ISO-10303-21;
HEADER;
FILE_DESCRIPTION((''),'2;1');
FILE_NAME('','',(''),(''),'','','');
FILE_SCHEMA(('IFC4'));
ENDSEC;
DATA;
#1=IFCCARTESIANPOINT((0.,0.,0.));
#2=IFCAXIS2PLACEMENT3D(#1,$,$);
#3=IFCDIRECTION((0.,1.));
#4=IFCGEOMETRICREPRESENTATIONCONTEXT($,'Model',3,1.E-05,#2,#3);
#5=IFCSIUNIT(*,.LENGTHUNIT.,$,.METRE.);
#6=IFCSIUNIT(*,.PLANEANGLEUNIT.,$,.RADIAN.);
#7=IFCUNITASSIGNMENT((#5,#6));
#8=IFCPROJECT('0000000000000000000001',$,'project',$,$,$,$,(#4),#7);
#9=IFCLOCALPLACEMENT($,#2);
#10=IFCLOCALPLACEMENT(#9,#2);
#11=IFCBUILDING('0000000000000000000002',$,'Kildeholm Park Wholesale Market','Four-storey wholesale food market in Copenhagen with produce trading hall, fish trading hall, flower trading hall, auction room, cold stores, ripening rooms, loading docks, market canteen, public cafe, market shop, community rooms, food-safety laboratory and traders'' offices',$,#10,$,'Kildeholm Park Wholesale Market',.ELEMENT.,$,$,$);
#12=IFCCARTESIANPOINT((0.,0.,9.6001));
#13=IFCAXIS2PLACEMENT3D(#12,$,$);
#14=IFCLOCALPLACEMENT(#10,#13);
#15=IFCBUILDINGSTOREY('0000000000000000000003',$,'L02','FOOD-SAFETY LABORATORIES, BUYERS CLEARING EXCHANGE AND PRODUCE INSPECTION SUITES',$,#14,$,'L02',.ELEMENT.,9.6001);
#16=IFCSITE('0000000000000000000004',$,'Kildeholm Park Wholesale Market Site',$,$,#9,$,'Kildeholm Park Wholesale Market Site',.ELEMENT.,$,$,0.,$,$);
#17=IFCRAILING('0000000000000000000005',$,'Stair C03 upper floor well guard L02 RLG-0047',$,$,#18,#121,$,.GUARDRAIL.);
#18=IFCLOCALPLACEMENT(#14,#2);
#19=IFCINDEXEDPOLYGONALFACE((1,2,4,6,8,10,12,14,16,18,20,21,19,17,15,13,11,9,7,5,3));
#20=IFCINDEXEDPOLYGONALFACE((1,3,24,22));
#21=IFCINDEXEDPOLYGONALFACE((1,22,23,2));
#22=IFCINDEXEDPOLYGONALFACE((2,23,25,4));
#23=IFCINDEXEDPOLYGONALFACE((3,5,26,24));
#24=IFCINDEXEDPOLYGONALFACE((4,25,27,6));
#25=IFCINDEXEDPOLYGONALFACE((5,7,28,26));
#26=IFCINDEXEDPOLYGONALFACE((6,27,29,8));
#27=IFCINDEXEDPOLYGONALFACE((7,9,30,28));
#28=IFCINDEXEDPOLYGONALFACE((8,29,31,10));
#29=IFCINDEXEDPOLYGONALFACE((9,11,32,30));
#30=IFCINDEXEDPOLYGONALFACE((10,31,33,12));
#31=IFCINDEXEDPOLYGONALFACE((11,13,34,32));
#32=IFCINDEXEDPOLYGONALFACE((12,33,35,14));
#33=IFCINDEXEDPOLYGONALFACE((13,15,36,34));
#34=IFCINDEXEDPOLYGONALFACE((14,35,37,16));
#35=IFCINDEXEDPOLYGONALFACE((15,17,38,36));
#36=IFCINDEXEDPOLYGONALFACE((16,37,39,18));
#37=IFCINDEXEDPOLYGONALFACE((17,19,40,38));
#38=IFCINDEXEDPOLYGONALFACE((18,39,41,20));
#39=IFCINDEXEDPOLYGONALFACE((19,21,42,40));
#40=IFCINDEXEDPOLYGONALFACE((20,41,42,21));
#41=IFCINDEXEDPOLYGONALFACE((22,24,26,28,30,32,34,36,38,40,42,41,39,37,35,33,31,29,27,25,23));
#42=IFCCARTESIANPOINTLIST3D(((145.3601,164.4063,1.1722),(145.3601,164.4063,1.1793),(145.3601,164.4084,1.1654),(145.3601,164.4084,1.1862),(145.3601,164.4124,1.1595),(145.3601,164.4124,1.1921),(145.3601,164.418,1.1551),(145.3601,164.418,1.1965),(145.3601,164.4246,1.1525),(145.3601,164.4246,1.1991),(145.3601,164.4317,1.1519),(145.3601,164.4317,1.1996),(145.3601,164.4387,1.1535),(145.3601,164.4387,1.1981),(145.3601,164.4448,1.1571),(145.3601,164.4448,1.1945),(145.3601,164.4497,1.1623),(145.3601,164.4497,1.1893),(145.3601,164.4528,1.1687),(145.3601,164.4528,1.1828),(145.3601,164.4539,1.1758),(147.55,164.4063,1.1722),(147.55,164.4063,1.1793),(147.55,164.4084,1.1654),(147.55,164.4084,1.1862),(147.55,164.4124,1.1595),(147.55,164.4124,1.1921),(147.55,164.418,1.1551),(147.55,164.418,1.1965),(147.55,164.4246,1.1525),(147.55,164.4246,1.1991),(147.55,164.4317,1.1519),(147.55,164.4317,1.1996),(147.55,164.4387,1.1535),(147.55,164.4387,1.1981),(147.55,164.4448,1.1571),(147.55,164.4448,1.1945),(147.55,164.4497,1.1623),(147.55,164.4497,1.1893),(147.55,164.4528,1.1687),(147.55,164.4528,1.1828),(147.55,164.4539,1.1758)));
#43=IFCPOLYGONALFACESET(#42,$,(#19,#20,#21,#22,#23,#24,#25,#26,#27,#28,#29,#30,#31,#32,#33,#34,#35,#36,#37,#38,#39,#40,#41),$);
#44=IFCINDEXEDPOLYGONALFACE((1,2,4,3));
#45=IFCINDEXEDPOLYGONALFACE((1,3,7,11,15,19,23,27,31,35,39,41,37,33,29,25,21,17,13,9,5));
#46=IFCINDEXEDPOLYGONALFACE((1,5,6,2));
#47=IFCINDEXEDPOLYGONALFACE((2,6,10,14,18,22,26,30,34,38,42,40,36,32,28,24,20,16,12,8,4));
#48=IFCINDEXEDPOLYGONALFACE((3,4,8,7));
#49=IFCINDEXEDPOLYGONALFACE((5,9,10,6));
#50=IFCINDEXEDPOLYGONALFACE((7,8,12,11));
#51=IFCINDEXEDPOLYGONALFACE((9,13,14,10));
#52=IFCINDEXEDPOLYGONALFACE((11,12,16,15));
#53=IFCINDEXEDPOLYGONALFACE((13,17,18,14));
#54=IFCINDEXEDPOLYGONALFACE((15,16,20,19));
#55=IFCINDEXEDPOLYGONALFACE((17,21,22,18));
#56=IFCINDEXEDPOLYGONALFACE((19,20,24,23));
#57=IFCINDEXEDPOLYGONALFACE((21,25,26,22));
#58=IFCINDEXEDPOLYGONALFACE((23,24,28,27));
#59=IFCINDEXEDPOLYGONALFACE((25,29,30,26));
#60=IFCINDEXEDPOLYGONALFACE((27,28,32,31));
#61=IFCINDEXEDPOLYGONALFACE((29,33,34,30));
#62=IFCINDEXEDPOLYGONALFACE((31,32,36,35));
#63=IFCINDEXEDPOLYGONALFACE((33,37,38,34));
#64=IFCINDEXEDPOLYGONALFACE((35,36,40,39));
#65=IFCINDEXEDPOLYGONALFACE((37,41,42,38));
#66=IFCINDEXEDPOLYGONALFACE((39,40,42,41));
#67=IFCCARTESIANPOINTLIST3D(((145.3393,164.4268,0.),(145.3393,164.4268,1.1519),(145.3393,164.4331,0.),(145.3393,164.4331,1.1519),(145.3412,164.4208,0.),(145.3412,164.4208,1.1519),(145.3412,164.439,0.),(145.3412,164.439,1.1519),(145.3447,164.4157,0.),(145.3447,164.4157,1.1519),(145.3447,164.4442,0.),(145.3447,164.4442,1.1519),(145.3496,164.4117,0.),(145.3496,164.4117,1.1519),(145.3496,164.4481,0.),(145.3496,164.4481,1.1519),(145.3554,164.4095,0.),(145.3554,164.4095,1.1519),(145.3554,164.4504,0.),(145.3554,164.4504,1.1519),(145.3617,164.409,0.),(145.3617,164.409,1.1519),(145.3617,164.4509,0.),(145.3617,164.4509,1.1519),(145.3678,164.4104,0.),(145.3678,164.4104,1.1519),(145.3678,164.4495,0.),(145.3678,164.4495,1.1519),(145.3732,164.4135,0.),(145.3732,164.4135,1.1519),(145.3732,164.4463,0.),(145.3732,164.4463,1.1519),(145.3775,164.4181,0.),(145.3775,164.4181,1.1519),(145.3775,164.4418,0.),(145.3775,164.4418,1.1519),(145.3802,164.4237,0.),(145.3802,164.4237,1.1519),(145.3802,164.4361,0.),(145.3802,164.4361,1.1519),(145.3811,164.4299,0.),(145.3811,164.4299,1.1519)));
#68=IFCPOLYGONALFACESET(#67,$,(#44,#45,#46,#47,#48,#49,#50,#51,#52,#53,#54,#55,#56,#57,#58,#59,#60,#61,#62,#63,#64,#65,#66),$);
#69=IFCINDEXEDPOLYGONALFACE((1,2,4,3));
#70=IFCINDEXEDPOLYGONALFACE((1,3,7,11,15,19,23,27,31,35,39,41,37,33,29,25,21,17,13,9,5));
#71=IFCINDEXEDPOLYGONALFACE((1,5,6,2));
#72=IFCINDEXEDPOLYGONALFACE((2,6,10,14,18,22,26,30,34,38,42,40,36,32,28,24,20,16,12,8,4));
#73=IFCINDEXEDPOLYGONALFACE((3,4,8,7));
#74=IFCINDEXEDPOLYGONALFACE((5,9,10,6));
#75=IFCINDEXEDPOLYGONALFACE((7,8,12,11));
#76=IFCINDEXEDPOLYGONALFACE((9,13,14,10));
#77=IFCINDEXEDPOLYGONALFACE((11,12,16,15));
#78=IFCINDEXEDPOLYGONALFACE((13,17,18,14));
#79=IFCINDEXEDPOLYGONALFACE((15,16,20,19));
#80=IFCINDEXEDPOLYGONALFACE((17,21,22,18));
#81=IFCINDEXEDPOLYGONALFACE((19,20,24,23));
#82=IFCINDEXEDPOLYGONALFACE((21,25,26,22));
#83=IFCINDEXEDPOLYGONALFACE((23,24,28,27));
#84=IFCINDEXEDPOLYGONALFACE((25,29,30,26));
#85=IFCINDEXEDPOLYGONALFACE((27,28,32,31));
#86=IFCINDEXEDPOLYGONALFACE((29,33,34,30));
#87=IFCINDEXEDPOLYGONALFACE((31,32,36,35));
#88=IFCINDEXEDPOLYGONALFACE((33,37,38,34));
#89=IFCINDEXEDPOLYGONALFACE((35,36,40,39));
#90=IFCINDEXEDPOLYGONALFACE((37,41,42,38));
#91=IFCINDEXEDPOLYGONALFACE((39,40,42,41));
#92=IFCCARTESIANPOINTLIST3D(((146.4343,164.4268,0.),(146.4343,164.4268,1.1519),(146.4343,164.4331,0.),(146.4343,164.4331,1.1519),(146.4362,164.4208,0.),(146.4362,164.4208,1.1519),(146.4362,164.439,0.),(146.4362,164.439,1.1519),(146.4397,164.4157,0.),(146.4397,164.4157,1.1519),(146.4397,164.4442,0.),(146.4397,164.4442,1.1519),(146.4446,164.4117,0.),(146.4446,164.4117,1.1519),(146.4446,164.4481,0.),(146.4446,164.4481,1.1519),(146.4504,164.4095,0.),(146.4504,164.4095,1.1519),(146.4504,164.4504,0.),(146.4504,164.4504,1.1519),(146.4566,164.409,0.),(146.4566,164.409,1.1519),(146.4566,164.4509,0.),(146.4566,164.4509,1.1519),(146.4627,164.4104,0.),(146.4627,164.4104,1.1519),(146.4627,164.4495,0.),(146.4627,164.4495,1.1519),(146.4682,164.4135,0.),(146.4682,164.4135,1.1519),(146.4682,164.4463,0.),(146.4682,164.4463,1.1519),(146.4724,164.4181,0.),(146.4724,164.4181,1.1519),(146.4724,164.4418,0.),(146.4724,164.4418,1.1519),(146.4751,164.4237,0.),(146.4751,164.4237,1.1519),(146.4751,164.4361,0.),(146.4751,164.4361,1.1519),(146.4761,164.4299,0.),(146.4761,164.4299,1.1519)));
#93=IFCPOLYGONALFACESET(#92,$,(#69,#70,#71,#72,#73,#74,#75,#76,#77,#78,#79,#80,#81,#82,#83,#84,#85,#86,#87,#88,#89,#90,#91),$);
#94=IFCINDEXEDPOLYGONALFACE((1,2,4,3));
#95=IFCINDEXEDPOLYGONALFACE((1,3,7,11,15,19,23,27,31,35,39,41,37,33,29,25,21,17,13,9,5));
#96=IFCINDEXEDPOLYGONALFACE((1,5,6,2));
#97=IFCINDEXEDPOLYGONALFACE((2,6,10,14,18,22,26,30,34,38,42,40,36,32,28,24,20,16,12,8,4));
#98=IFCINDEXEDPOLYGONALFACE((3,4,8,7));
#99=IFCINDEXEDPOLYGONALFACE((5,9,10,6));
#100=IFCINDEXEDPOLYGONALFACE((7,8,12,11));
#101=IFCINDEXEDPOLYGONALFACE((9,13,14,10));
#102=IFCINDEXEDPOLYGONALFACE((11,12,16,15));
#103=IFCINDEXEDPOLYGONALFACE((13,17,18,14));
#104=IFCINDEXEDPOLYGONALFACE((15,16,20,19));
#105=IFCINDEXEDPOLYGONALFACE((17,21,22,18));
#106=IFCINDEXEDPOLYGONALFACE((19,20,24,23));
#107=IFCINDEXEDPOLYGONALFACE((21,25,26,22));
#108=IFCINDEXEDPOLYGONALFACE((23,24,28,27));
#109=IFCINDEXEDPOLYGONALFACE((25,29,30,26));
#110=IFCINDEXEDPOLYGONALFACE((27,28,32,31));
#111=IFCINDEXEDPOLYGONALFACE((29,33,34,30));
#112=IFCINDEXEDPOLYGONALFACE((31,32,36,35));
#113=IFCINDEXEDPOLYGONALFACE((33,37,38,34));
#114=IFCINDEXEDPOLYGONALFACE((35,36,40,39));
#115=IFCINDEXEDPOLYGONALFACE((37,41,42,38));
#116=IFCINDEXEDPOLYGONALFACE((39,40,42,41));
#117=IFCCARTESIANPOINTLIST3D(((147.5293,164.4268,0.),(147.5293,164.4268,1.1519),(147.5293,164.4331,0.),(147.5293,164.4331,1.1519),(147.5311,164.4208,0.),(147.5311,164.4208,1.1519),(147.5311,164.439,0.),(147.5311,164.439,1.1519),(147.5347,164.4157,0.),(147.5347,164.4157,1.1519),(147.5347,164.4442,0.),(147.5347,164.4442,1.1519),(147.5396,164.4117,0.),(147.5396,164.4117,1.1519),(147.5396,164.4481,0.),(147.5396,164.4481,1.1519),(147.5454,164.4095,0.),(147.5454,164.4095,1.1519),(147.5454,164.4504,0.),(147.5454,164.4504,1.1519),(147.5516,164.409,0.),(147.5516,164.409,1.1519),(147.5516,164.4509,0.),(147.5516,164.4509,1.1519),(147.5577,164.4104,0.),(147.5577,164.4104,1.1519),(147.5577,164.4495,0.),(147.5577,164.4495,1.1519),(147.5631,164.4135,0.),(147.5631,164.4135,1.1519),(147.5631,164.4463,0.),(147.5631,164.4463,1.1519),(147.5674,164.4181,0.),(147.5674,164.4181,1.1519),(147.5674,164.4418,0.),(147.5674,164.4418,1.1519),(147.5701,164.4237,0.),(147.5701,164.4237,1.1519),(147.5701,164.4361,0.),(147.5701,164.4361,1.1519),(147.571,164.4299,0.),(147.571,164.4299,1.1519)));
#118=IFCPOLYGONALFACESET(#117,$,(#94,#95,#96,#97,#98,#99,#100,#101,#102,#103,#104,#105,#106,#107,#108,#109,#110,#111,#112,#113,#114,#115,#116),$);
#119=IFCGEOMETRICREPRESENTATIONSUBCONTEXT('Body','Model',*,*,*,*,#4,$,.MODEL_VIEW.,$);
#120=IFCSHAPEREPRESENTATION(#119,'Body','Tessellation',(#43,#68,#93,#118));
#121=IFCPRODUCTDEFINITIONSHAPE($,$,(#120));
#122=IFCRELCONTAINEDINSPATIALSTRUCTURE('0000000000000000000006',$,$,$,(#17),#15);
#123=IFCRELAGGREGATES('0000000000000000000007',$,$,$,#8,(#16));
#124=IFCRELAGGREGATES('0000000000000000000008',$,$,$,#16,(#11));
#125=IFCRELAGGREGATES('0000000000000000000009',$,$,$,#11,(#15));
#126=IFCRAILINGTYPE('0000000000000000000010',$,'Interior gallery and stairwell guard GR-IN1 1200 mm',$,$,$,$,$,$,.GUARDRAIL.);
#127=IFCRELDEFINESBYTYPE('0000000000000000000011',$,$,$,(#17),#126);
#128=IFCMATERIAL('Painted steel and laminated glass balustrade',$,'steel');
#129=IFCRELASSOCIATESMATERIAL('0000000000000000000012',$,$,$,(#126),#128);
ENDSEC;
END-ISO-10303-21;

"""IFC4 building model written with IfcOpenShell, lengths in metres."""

from ifc_helpers import new_model, si_unit, direction, frame, origin, origin_2d, place, context, subcontext, project, spatial, circle, extrude, material, type_object, element, save


model = new_model("IFC4")

# Units and contexts
model_context = context("Model", 3, precision=1e-05, world=origin(), true_north=direction((0.0, 1.0)))
body_context = subcontext(model_context, "Body", "Model", "MODEL_VIEW")
ifc_project = project(units=[si_unit("LENGTHUNIT", "METRE"), si_unit("PLANEANGLEUNIT", "RADIAN")], contexts=[model_context])

# Site, building, storey
site_placement = place(None, origin())
site = spatial("IfcSite", under=ifc_project, at=site_placement, Name="Kildeholm Park Wholesale Market Site", LongName="Kildeholm Park Wholesale Market Site", CompositionType="ELEMENT", RefElevation=0.0)
building_placement = place(site_placement, origin())
building = spatial("IfcBuilding", under=site, at=building_placement, Name="Kildeholm Park Wholesale Market", Description="Four-storey wholesale food market in Copenhagen with produce trading hall, fish trading hall, flower trading hall, auction room, cold stores, ripening rooms, loading docks, market canteen, public cafe, market shop, community rooms, food-safety laboratory and traders' offices", LongName="Kildeholm Park Wholesale Market", CompositionType="ELEMENT")
storey_placement = place(building_placement, frame((0.0, 0.0, 9.6001)))
storey = spatial("IfcBuildingStorey", under=building, at=storey_placement, Name="L02", Description="FOOD-SAFETY LABORATORIES, BUYERS CLEARING EXCHANGE AND PRODUCE INSPECTION SUITES", LongName="L02", CompositionType="ELEMENT", Elevation=9.6001)

# Railing
ifc_material_1 = material(Name="Painted steel and laminated glass balustrade", Category="steel")
railing_type = type_object("IfcRailingType", Name="Interior gallery and stairwell guard GR-IN1 1200 mm", PredefinedType="GUARDRAIL", material=ifc_material_1)
railing_placement = place(storey_placement, frame((145.3601, 164.4299, 0.0)))
element("IfcRailing", 1, at=railing_placement, inside=storey, type_object=railing_type, Name="Stair C03 upper floor well guard L02 RLG-0047", PredefinedType="GUARDRAIL", context=body_context, shape_type="SweptSolid", body=[
    extrude(circle(Radius=0.0239, at=origin_2d()), frame((0.0, 0.0, 1.1758), z_axis=(1.0, 0.0, 0.0), x_axis=(0.0, 1.0, 0.0)), (0.0, 0.0, 1.0), 2.1899),
    extrude(circle(Radius=0.021, at=origin_2d()), origin(), (0.0, 0.0, 1.0), 1.1519),
    extrude(circle(Radius=0.021, at=origin_2d()), frame((1.095, 0.0, 0.0)), (0.0, 0.0, 1.0), 1.1519),
    extrude(circle(Radius=0.021, at=origin_2d()), frame((2.1899, 0.0, 0.0)), (0.0, 0.0, 1.0), 1.1519),
])

save(model, "model.ifc")
